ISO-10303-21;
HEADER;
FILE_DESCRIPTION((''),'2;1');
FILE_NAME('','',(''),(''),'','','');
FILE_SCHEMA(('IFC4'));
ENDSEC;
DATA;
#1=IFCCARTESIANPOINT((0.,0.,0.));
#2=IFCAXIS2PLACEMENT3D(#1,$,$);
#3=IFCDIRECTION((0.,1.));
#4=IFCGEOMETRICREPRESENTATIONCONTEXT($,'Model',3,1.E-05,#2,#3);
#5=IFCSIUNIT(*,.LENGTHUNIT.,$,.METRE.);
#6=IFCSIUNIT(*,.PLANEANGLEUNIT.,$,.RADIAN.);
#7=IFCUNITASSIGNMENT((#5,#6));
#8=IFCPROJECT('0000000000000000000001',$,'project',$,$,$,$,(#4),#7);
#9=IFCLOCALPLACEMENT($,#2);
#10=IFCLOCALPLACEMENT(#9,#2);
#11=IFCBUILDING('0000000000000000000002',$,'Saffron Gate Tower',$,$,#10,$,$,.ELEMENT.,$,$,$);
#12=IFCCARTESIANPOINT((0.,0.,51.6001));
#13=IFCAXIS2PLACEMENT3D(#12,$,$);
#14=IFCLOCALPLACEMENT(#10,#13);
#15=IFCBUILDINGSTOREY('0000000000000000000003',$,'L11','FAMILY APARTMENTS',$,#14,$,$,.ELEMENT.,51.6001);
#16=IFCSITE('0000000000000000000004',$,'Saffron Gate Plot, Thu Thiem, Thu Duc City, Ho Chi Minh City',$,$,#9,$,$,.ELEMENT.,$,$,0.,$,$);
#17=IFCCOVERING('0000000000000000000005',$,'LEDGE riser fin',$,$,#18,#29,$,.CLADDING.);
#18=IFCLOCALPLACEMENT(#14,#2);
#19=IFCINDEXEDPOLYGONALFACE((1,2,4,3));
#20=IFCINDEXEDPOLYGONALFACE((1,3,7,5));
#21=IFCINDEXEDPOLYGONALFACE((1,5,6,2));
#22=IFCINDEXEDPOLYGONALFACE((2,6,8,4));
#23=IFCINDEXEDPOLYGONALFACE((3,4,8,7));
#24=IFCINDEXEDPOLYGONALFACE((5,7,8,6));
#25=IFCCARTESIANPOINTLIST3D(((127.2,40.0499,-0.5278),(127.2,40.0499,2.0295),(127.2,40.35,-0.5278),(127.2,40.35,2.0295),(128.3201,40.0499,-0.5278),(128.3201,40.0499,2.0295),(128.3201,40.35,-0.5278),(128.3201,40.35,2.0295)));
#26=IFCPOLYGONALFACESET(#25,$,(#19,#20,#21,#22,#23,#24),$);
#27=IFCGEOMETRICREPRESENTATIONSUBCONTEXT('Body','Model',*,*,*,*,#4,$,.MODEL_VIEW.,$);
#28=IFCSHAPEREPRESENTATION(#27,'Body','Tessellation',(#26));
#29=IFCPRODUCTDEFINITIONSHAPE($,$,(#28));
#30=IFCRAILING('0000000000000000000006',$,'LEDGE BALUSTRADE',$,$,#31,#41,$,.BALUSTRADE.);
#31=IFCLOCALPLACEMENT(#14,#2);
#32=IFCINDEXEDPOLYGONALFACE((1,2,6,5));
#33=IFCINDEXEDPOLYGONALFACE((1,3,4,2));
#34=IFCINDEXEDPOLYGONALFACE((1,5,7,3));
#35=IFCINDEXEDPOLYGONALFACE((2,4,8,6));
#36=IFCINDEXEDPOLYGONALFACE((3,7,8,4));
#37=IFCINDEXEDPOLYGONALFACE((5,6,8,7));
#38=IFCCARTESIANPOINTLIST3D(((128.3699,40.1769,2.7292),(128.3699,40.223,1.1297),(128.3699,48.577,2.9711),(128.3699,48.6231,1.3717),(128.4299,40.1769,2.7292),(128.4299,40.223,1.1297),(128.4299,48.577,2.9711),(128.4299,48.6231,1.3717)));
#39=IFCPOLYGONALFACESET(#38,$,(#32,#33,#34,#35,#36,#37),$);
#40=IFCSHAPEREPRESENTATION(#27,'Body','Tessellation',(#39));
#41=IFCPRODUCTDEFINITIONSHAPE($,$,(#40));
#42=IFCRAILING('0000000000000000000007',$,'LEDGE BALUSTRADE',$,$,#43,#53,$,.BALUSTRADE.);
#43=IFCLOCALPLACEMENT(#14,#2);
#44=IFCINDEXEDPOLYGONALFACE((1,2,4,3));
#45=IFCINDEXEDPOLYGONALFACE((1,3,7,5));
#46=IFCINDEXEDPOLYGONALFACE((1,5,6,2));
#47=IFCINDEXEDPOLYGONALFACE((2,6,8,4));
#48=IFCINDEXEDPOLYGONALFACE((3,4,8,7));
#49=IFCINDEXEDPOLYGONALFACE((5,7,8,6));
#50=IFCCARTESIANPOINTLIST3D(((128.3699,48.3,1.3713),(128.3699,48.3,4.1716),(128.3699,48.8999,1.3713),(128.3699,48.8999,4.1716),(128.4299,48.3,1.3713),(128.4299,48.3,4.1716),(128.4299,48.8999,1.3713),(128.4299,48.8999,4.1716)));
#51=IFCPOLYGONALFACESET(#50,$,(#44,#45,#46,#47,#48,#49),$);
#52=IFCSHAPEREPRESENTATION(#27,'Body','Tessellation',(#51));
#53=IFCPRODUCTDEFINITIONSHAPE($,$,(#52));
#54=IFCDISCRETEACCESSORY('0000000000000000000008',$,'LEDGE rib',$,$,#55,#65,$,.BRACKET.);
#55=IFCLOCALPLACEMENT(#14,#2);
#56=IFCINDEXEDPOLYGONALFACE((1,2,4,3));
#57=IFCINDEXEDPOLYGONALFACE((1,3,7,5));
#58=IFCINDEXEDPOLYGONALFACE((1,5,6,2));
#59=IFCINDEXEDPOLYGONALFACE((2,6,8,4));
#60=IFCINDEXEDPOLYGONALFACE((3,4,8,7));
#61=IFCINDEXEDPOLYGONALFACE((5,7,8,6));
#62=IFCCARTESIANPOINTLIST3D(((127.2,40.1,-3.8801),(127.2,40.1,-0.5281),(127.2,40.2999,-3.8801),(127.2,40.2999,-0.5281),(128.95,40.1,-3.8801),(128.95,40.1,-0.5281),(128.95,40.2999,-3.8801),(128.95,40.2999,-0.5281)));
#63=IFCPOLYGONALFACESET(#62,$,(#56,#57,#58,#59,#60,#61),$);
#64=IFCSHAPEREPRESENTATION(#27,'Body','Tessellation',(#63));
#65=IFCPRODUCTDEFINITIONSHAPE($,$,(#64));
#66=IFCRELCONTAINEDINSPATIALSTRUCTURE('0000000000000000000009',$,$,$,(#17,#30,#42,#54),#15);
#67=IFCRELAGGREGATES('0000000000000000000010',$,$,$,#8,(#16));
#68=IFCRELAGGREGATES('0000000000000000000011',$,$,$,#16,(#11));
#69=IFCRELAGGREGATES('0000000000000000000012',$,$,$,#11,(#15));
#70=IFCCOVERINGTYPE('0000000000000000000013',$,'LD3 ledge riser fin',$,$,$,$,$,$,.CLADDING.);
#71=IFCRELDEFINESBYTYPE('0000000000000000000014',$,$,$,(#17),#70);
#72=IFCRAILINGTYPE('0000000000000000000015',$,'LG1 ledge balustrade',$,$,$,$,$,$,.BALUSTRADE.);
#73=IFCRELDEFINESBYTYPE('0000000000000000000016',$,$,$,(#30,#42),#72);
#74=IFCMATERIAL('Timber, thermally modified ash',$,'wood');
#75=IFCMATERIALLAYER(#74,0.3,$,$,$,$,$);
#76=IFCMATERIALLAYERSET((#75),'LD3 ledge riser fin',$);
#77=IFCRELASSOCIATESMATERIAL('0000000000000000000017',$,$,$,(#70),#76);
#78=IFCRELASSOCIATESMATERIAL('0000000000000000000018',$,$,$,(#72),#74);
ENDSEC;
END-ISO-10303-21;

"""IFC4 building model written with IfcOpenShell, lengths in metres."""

from ifc_helpers import new_model, si_unit, direction, frame, origin, origin_2d, place, context, subcontext, project, spatial, rectangle, extrude, material, layer, layer_set, type_object, element, save


model = new_model("IFC4")

# Units and contexts
model_context = context("Model", 3, precision=1e-05, world=origin(), true_north=direction((0.0, 1.0)))
body_context = subcontext(model_context, "Body", "Model", "MODEL_VIEW")
ifc_project = project(units=[si_unit("LENGTHUNIT", "METRE"), si_unit("PLANEANGLEUNIT", "RADIAN")], contexts=[model_context])

# Site, building, storey
site_placement = place(None, origin())
site = spatial("IfcSite", under=ifc_project, at=site_placement, Name="Saffron Gate Plot, Thu Thiem, Thu Duc City, Ho Chi Minh City", CompositionType="ELEMENT", RefElevation=0.0)
building_placement = place(site_placement, origin())
building = spatial("IfcBuilding", under=site, at=building_placement, Name="Saffron Gate Tower", CompositionType="ELEMENT")
storey_placement = place(building_placement, frame((0.0, 0.0, 51.6001)))
storey = spatial("IfcBuildingStorey", under=building, at=storey_placement, Name="L11", Description="FAMILY APARTMENTS", CompositionType="ELEMENT", Elevation=51.6001)

# Covering
ifc_material_1 = material(Name="Timber, thermally modified ash", Category="wood")
ifc_layer_1 = layer(ifc_material_1, 0.3)
ifc_layer_set_1 = layer_set([ifc_layer_1], Name="LD3 ledge riser fin")
covering_type_1 = type_object("IfcCoveringType", Name="LD3 ledge riser fin", PredefinedType="CLADDING", material=ifc_layer_set_1)
covering_1_placement = place(storey_placement, frame((127.76, 40.2, -0.5278), z_axis=(0.0, 0.0, 1.0), x_axis=(0.0, 1.0, 0.0)))
element("IfcCovering", 1, at=covering_1_placement, inside=storey, type_object=covering_type_1, Name="LEDGE riser fin", PredefinedType="CLADDING", context=body_context, shape_type="SweptSolid", body=[
    extrude(rectangle(XDim=0.3, YDim=1.1201, at=origin_2d()), origin(), (0.0, 0.0, 1.0), 2.5574),
])

# Railings
railing_type = type_object("IfcRailingType", Name="LG1 ledge balustrade", PredefinedType="BALUSTRADE", material=ifc_material_1)
railing_1_placement = place(storey_placement, frame((128.3999, 40.2, 1.1294)))
element("IfcRailing", 2, at=railing_1_placement, inside=storey, type_object=railing_type, Name="LEDGE BALUSTRADE", PredefinedType="BALUSTRADE", context=body_context, shape_type="SweptSolid", body=[
    extrude(rectangle(XDim=0.0601, YDim=1.6001, at=origin_2d()), frame((0.0, 0.0, 0.8), z_axis=(0.0, 0.999585, 0.02879), x_axis=(-1.0, 0.0, 0.0)), (0.0, 0.0, 1.0), 8.4036),
])
railing_2_placement = place(storey_placement, frame((128.3999, 48.3, 1.3713)))
element("IfcRailing", 3, at=railing_2_placement, inside=storey, type_object=railing_type, Name="LEDGE BALUSTRADE", PredefinedType="BALUSTRADE", context=body_context, shape_type="SweptSolid", body=[
    extrude(rectangle(XDim=0.0601, YDim=2.8003, at=origin_2d()), frame((0.0, 0.0, 1.4001), z_axis=(0.0, 1.0, 0.0), x_axis=(-1.0, 0.0, 0.0)), (0.0, 0.0, 1.0), 0.5999),
])

# Discrete accessory
discrete_accessory_placement = place(storey_placement, frame((128.075, 40.2, -3.8801), z_axis=(0.0, 0.0, 1.0), x_axis=(0.0, 1.0, 0.0)))
element("IfcDiscreteAccessory", 4, at=discrete_accessory_placement, inside=storey, Name="LEDGE rib", PredefinedType="BRACKET", context=body_context, shape_type="SweptSolid", body=[
    extrude(rectangle(XDim=0.2, YDim=1.75, at=origin_2d()), origin(), (0.0, 0.0, 1.0), 3.3521),
])

save(model, "model.ifc")
